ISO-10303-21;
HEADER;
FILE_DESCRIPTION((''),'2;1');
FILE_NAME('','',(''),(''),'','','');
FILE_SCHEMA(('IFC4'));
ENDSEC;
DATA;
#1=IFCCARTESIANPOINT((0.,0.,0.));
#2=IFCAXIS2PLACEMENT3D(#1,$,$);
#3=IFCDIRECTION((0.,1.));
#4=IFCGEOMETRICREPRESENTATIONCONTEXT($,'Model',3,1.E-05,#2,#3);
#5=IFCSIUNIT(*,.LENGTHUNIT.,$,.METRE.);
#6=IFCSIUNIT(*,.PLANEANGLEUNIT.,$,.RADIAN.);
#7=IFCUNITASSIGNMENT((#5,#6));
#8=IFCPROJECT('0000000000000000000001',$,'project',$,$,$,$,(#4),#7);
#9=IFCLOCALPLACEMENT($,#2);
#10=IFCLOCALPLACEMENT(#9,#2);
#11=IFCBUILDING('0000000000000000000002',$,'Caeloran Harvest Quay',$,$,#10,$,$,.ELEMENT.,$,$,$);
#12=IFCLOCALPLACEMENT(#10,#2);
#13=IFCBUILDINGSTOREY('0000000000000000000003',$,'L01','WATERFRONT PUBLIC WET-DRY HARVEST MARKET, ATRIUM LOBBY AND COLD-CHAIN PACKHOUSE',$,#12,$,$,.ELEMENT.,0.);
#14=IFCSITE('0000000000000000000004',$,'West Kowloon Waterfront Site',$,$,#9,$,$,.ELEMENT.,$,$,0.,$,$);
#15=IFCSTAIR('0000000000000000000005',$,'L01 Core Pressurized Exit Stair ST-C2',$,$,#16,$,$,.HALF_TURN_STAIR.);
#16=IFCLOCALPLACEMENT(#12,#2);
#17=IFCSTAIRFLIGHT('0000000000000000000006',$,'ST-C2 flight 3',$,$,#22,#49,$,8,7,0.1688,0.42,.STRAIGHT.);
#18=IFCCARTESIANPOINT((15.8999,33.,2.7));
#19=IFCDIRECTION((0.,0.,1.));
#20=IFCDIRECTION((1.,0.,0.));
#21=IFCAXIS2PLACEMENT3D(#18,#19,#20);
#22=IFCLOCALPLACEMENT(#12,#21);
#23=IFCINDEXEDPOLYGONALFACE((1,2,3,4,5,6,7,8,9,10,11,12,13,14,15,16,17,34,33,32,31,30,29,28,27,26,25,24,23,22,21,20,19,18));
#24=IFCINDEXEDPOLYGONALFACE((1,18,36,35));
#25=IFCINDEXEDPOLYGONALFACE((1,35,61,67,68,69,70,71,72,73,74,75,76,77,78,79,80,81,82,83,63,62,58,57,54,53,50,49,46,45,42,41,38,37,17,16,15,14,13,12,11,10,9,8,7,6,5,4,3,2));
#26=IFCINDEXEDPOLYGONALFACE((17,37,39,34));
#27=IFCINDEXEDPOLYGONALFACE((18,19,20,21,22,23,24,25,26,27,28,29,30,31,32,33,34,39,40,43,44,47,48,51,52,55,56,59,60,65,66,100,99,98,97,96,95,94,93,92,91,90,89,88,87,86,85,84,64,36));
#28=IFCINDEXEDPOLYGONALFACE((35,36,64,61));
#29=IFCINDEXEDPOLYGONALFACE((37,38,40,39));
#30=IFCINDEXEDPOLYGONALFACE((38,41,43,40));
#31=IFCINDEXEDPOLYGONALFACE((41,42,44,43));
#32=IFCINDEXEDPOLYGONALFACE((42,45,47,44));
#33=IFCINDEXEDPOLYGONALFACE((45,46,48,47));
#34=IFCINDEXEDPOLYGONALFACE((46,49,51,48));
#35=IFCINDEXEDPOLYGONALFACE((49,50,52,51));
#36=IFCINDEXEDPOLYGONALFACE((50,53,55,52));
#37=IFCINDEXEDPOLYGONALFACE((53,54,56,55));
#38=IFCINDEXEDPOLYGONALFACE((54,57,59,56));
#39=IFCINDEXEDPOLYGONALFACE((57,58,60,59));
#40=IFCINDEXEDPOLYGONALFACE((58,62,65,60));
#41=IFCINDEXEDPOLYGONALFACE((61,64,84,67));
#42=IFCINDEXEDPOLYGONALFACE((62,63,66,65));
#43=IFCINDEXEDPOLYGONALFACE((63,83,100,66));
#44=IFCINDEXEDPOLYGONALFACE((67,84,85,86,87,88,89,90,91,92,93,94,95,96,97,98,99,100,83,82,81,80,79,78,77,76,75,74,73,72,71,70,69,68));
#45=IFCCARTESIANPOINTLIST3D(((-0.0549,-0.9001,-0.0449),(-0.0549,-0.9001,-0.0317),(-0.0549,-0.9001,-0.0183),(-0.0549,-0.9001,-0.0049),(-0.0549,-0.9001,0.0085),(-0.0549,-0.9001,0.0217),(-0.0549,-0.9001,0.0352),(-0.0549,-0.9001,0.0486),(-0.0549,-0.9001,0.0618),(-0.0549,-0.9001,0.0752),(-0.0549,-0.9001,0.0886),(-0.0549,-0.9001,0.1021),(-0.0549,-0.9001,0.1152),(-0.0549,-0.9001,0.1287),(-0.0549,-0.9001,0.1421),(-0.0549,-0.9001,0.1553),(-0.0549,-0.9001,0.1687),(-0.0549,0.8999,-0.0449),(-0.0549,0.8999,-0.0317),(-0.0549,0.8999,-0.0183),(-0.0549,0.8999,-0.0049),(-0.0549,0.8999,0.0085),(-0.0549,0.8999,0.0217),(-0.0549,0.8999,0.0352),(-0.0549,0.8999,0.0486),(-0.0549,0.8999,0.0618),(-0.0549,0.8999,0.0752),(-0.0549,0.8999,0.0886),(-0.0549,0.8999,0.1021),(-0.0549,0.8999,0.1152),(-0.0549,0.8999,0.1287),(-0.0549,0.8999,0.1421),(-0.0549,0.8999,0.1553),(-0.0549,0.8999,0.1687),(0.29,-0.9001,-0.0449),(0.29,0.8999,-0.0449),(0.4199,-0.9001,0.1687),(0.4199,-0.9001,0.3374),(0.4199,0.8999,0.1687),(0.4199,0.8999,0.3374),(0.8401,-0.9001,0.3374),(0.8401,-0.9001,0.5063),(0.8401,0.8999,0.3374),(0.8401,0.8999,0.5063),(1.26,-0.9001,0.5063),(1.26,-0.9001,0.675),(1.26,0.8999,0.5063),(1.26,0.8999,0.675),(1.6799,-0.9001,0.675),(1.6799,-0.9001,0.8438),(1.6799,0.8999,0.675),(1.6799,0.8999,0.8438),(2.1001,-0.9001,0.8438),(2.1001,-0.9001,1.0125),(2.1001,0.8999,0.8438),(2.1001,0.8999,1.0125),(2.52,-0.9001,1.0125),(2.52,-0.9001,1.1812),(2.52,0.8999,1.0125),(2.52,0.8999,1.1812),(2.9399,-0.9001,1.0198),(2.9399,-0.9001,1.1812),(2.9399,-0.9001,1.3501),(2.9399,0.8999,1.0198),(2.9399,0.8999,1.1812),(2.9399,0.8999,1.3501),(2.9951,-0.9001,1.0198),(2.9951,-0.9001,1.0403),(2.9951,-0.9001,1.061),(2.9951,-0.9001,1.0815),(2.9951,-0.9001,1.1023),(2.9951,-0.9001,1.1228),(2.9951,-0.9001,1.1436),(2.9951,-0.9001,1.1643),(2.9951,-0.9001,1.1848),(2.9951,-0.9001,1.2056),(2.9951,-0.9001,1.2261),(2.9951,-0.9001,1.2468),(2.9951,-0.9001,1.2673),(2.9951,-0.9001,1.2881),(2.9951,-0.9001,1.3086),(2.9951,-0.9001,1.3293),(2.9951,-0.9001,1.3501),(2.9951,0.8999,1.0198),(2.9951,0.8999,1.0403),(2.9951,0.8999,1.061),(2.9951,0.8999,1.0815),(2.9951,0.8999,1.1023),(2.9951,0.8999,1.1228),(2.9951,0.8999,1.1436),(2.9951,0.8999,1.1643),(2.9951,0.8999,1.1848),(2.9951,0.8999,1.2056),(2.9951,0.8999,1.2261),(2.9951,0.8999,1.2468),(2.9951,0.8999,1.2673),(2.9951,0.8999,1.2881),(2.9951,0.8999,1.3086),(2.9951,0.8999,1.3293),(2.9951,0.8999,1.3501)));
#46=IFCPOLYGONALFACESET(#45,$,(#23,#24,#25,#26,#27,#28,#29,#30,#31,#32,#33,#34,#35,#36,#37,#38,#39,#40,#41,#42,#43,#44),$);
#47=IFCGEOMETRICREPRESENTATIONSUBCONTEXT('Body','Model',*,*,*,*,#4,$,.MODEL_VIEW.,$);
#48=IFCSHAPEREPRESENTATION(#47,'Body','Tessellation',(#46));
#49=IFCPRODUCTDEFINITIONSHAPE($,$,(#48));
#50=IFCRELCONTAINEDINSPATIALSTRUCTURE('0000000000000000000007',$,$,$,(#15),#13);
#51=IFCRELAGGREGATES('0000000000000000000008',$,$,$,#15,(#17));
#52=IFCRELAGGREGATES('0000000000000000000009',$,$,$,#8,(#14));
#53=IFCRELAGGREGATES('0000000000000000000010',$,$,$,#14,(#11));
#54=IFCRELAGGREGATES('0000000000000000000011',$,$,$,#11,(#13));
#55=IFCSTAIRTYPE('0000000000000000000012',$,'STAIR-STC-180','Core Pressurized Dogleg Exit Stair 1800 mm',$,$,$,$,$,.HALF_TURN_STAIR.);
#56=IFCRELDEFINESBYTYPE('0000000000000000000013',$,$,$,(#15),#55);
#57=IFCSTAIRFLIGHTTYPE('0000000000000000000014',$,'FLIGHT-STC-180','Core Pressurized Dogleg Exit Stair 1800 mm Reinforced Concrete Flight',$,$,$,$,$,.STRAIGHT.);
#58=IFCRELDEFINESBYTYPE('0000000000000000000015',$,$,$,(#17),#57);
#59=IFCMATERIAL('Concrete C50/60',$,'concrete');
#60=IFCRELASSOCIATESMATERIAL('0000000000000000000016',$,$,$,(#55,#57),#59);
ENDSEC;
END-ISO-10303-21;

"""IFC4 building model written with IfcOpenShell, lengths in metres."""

from ifc_helpers import new_model, si_unit, direction, frame, origin, place, context, subcontext, project, spatial, polyline, outline, extrude, material, type_object, element, aggregate, save


model = new_model("IFC4")

# Units and contexts
model_context = context("Model", 3, precision=1e-05, world=origin(), true_north=direction((0.0, 1.0)))
body_context = subcontext(model_context, "Body", "Model", "MODEL_VIEW")
ifc_project = project(units=[si_unit("LENGTHUNIT", "METRE"), si_unit("PLANEANGLEUNIT", "RADIAN")], contexts=[model_context])

# Site, building, storey
site_placement = place(None, origin())
site = spatial("IfcSite", under=ifc_project, at=site_placement, Name="West Kowloon Waterfront Site", CompositionType="ELEMENT", RefElevation=0.0)
building_placement = place(site_placement, origin())
building = spatial("IfcBuilding", under=site, at=building_placement, Name="Caeloran Harvest Quay", CompositionType="ELEMENT")
storey_placement = place(building_placement, origin())
storey = spatial("IfcBuildingStorey", under=building, at=storey_placement, Name="L01", Description="WATERFRONT PUBLIC WET-DRY HARVEST MARKET, ATRIUM LOBBY AND COLD-CHAIN PACKHOUSE", CompositionType="ELEMENT", Elevation=0.0)

# Shared definitions
ifc_material_1 = material(Name="Concrete C50/60", Category="concrete")

# Stair, stair flight
stair_type = type_object("IfcStairType", Name="STAIR-STC-180", Description="Core Pressurized Dogleg Exit Stair 1800 mm", PredefinedType="HALF_TURN_STAIR", material=ifc_material_1)
stair_placement = place(storey_placement, origin())
stair = element("IfcStair", 1, at=stair_placement, inside=storey, type_object=stair_type, Name="L01 Core Pressurized Exit Stair ST-C2", PredefinedType="HALF_TURN_STAIR")
stair_flight_type = type_object("IfcStairFlightType", Name="FLIGHT-STC-180", Description="Core Pressurized Dogleg Exit Stair 1800 mm Reinforced Concrete Flight", PredefinedType="STRAIGHT", material=ifc_material_1)
stair_flight_1_placement = place(storey_placement, frame((15.8999, 33.0, 2.7), z_axis=(0.0, 0.0, 1.0), x_axis=(1.0, 0.0, 0.0)))
stair_flight_1 = element("IfcStairFlight", 2, at=stair_flight_1_placement, type_object=stair_flight_type, Name="ST-C2 flight 3", NumberOfRisers=8, NumberOfTreads=7, PredefinedType="STRAIGHT", RiserHeight=0.1688, TreadLength=0.42, context=body_context, shape_type="SweptSolid", body=[
    extrude(outline(polyline([(-0.0549, -0.0449), (-0.0549, -0.0317), (-0.0549, -0.0183), (-0.0549, -0.0049), (-0.0549, 0.0085), (-0.0549, 0.0217), (-0.0549, 0.0352), (-0.0549, 0.0486), (-0.0549, 0.0618), (-0.0549, 0.0752), (-0.0549, 0.0886), (-0.0549, 0.1021), (-0.0549, 0.1152), (-0.0549, 0.1287), (-0.0549, 0.1421), (-0.0549, 0.1553), (-0.0549, 0.1687), (0.4199, 0.1687), (0.4199, 0.3374), (0.8401, 0.3374), (0.8401, 0.5063), (1.26, 0.5063), (1.26, 0.675), (1.6799, 0.675), (1.6799, 0.8438), (2.1001, 0.8438), (2.1001, 1.0125), (2.52, 1.0125), (2.52, 1.1812), (2.9399, 1.1812), (2.9399, 1.3501), (2.9951, 1.3501), (2.9951, 1.3293), (2.9951, 1.3086), (2.9951, 1.2881), (2.9951, 1.2673), (2.9951, 1.2468), (2.9951, 1.2261), (2.9951, 1.2056), (2.9951, 1.1848), (2.9951, 1.1643), (2.9951, 1.1436), (2.9951, 1.1228), (2.9951, 1.1023), (2.9951, 1.0815), (2.9951, 1.061), (2.9951, 1.0403), (2.9951, 1.0198), (2.9399, 1.0198), (0.29, -0.0449), (-0.0549, -0.0449)])), frame((0.0, 0.8999, 0.0), z_axis=(0.0, -1.0, 0.0), x_axis=(1.0, 0.0, 0.0)), (0.0, 0.0, 1.0), 1.8),
])
aggregate(stair, [stair_flight_1])

save(model, "model.ifc")
